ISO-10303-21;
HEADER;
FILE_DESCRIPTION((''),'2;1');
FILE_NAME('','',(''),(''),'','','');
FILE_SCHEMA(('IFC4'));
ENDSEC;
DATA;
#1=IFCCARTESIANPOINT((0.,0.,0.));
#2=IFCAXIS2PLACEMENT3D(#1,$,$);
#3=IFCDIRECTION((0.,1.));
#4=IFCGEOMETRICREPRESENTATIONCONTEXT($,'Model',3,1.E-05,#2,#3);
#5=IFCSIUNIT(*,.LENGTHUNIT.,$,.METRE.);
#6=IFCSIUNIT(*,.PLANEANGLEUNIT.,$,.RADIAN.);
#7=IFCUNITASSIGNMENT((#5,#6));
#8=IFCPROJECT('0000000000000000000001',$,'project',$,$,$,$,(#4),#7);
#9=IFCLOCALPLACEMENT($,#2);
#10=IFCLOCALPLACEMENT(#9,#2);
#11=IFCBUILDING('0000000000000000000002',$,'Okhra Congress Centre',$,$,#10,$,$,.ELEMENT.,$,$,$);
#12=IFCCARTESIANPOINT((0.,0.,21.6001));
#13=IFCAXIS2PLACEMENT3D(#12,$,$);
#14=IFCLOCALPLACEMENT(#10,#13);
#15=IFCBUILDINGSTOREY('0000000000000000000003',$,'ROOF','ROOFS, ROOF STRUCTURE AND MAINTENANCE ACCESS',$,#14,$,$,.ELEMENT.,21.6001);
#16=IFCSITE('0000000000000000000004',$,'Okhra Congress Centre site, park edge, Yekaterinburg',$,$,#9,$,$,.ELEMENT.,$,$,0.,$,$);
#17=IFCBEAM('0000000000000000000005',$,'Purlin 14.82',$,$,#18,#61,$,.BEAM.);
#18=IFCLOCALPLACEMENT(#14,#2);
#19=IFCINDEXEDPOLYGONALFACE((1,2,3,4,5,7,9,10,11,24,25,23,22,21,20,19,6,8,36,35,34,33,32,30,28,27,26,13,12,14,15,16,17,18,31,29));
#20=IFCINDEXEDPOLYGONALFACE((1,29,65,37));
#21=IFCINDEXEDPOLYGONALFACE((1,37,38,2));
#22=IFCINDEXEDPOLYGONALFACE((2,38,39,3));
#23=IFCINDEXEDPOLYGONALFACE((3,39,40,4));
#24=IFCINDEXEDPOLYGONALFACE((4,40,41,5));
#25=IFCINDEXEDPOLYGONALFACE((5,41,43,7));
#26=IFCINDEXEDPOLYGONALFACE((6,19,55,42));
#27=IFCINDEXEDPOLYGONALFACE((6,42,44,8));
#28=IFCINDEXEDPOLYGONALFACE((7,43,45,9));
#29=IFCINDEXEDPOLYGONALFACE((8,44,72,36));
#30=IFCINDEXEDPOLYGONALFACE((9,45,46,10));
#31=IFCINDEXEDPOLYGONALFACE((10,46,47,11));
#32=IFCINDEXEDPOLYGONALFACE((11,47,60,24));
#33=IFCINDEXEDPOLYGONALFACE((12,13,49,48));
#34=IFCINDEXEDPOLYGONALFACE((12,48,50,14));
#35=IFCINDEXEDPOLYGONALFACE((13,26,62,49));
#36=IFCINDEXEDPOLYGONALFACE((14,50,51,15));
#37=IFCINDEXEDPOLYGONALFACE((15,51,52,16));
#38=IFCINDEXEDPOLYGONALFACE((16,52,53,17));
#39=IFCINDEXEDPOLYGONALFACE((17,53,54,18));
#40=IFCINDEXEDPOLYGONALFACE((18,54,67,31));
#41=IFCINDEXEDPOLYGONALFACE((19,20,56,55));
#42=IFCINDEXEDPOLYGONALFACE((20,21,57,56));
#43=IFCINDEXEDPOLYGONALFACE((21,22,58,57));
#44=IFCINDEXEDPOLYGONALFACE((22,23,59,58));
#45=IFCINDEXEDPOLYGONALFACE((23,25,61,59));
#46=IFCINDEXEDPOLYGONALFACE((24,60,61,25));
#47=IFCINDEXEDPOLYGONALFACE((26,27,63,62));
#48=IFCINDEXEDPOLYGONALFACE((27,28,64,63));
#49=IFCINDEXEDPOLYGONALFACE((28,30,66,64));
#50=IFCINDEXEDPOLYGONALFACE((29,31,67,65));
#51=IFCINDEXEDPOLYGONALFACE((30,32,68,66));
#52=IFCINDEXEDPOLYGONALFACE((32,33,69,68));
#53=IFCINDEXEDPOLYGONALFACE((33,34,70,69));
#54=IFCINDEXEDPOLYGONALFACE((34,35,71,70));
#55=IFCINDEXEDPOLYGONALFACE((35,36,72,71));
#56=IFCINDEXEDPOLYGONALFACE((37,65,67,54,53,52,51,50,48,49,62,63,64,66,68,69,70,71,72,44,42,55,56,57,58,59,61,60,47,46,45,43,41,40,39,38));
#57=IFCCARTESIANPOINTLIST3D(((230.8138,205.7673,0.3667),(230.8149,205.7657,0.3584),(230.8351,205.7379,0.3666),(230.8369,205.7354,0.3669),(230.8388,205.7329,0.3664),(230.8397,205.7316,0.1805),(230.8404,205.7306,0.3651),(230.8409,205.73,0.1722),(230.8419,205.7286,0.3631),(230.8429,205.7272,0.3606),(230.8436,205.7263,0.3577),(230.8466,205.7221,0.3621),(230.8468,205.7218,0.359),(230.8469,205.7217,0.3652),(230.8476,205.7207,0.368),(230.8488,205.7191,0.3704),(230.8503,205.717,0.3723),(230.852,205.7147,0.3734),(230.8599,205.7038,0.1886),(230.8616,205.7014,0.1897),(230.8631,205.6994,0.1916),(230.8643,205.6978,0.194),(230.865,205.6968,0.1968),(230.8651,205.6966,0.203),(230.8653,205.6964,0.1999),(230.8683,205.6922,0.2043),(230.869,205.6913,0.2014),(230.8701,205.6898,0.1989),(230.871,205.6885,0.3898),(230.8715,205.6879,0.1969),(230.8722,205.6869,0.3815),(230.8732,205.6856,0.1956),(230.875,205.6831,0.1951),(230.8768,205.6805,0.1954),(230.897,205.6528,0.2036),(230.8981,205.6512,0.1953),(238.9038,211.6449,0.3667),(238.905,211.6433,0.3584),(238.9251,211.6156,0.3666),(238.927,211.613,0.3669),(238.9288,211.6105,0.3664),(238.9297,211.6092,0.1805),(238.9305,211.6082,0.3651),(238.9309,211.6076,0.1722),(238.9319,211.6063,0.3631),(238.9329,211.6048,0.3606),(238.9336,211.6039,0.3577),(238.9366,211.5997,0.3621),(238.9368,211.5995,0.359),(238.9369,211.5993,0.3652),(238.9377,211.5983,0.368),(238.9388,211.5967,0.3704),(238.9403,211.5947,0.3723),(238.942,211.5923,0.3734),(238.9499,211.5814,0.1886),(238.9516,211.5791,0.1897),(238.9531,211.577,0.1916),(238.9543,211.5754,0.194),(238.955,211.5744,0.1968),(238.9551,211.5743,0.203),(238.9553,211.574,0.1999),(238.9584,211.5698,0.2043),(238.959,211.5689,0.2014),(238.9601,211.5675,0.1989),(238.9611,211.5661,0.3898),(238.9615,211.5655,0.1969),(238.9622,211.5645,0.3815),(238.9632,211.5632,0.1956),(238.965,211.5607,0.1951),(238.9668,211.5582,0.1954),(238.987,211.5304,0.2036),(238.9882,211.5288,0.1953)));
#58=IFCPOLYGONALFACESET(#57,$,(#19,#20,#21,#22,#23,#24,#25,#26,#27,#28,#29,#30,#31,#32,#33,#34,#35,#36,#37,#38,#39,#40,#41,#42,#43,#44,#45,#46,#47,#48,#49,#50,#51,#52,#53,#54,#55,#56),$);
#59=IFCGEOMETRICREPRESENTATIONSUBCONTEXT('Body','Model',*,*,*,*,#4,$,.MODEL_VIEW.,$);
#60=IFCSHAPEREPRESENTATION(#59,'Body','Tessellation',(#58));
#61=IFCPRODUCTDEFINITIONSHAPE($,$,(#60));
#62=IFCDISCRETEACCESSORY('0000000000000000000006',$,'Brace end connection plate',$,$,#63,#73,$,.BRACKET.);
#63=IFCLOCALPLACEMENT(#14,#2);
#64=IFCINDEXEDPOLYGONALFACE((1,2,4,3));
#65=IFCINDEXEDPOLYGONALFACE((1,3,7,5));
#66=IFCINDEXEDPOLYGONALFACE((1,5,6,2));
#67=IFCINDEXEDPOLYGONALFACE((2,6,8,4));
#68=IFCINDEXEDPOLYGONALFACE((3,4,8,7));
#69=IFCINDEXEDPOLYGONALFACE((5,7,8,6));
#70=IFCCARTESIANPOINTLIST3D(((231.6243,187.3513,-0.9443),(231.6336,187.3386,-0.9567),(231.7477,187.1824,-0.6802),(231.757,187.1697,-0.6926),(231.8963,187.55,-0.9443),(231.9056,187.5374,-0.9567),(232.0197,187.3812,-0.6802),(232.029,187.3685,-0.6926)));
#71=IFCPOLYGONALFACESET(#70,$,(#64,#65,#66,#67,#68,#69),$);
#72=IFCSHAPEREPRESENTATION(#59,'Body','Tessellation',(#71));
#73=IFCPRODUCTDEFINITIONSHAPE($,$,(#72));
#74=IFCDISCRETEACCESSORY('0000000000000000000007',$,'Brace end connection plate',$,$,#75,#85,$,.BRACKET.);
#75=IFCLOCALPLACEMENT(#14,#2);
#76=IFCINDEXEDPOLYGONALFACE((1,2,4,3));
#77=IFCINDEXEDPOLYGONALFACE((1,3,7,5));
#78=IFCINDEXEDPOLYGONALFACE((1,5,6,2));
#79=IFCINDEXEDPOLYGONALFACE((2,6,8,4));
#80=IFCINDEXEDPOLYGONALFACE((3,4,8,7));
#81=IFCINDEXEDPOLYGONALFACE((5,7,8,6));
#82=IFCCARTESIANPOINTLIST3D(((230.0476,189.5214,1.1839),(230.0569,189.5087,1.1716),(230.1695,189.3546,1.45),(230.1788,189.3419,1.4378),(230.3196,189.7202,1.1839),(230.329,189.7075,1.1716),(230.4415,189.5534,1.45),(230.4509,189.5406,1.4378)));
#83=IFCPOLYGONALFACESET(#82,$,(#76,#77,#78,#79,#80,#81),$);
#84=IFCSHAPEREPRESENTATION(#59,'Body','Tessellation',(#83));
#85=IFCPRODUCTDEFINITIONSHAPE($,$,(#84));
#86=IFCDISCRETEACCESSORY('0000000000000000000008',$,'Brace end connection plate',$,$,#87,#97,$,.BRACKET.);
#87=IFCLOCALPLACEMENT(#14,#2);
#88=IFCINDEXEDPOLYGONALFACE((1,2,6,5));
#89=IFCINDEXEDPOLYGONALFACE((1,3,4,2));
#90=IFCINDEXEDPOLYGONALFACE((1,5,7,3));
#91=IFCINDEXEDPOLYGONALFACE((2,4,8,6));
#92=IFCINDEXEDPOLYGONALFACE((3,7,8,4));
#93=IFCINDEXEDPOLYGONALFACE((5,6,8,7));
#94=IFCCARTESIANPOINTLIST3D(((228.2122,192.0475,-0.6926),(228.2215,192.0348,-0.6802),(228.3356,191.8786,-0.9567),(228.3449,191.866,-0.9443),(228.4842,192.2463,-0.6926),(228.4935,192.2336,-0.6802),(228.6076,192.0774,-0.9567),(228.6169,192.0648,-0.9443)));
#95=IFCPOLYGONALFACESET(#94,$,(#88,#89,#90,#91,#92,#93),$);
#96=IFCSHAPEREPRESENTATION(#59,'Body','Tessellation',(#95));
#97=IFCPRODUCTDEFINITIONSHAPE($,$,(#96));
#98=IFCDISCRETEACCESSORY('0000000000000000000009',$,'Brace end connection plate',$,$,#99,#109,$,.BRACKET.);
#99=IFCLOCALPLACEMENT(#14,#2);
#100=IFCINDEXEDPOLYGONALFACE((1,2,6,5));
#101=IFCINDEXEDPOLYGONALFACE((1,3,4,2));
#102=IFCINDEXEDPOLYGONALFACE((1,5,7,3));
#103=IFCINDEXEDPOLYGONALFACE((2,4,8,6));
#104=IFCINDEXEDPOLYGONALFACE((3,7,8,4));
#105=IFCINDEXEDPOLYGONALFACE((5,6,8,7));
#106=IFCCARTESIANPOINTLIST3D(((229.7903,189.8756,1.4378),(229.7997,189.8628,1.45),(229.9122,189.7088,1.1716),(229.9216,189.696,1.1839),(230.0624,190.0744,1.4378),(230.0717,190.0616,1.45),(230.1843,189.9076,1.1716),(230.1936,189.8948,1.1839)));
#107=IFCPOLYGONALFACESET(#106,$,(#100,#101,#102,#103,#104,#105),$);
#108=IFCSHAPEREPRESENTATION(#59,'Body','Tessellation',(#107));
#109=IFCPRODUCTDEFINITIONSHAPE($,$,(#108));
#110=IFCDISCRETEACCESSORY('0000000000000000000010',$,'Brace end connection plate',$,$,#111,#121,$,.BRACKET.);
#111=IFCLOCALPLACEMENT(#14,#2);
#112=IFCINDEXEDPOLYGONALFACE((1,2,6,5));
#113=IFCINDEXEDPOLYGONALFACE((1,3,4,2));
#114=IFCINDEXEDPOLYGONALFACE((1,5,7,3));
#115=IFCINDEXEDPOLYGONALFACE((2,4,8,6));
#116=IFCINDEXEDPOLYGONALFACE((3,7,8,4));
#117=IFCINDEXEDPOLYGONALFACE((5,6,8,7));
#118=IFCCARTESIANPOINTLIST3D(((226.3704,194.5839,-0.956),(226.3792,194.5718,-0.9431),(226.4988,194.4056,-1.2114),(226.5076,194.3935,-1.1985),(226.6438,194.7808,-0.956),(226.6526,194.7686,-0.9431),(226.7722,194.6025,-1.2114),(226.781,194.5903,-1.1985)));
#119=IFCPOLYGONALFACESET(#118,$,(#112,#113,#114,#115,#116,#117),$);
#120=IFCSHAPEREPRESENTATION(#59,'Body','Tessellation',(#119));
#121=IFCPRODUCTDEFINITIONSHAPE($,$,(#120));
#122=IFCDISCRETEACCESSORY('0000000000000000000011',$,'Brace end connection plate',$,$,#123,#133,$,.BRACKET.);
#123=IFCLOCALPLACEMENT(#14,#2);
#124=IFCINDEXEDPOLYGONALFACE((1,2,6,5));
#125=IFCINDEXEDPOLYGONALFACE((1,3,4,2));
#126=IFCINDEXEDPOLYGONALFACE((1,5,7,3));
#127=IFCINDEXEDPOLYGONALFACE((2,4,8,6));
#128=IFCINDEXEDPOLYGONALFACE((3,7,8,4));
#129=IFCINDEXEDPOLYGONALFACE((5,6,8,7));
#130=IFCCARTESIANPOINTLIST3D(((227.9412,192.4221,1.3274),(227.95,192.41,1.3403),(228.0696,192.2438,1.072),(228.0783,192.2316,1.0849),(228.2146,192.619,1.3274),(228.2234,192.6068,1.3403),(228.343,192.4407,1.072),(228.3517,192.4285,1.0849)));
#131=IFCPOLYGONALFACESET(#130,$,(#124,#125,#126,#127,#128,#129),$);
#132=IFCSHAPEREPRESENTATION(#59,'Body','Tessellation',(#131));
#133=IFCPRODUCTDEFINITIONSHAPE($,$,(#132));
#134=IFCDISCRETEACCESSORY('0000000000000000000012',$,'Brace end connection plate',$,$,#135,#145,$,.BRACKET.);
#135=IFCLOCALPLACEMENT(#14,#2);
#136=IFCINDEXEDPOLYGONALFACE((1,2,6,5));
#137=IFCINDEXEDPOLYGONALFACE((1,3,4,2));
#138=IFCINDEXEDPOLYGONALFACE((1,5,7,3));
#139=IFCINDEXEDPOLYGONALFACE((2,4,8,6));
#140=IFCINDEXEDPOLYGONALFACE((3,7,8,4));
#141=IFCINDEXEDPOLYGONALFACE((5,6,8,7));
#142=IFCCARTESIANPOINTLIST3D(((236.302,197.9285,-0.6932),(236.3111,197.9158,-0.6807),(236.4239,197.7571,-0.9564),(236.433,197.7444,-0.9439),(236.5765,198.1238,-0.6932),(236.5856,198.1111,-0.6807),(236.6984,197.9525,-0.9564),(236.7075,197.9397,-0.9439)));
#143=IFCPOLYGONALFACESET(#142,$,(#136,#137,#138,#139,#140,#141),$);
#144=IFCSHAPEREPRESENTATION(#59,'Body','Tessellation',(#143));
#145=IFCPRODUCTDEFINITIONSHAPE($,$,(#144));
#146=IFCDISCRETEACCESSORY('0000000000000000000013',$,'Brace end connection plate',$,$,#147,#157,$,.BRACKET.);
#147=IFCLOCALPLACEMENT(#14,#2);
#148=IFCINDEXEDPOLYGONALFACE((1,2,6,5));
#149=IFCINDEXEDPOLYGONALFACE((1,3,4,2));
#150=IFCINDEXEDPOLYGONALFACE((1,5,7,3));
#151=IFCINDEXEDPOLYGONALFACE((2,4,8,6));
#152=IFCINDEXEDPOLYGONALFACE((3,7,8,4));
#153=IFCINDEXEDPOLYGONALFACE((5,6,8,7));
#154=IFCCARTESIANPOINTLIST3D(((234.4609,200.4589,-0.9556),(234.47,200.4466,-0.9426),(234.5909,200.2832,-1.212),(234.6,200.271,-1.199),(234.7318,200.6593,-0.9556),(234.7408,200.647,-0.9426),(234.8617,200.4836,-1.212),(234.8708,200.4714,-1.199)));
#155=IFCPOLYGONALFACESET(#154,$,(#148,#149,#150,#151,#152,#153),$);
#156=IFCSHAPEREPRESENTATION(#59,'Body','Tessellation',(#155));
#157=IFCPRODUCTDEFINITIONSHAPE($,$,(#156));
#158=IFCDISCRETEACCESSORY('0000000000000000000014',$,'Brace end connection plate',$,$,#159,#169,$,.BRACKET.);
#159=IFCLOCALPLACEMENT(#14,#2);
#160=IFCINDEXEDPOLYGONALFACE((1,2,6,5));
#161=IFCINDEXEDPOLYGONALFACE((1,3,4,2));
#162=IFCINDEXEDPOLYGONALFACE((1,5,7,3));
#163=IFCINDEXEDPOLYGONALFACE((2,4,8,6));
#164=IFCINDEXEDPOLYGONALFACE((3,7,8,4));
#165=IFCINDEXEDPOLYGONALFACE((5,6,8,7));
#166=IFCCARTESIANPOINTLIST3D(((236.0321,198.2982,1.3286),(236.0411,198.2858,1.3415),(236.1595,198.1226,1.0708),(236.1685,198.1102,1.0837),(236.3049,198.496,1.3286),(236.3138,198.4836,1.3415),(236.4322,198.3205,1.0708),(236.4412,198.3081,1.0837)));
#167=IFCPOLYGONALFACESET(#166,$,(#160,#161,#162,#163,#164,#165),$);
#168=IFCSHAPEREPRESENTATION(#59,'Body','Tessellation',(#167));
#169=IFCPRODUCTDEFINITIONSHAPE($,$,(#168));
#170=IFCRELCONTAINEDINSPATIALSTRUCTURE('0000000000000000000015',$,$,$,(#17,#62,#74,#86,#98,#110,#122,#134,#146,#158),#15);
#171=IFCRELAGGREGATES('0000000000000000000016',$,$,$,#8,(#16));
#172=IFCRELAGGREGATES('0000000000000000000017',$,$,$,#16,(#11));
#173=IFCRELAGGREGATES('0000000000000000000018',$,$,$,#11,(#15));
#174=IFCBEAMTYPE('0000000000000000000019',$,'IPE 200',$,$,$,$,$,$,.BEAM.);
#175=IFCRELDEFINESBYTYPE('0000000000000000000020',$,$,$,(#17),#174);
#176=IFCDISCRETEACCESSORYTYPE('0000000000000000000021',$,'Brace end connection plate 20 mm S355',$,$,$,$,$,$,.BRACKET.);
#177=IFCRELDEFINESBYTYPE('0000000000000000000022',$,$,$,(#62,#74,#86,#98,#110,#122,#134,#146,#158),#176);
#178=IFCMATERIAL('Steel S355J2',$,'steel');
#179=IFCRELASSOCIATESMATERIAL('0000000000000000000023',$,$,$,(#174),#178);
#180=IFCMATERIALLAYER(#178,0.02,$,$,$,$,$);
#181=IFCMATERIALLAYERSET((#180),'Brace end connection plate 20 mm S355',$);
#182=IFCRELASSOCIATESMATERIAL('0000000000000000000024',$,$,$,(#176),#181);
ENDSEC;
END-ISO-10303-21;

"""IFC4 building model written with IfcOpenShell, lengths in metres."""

from ifc_helpers import new_model, si_unit, direction, frame, origin, origin_2d, place, context, subcontext, project, spatial, rectangle, i_section, extrude, material, layer, layer_set, material_profile, profile_set, type_object, element, save


model = new_model("IFC4")

# Units and contexts
model_context = context("Model", 3, precision=1e-05, world=origin(), true_north=direction((0.0, 1.0)))
body_context = subcontext(model_context, "Body", "Model", "MODEL_VIEW")
ifc_project = project(units=[si_unit("LENGTHUNIT", "METRE"), si_unit("PLANEANGLEUNIT", "RADIAN")], contexts=[model_context])

# Site, building, storey
site_placement = place(None, origin())
site = spatial("IfcSite", under=ifc_project, at=site_placement, Name="Okhra Congress Centre site, park edge, Yekaterinburg", CompositionType="ELEMENT", RefElevation=0.0)
building_placement = place(site_placement, origin())
building = spatial("IfcBuilding", under=site, at=building_placement, Name="Okhra Congress Centre", CompositionType="ELEMENT")
storey_placement = place(building_placement, frame((0.0, 0.0, 21.6001)))
storey = spatial("IfcBuildingStorey", under=building, at=storey_placement, Name="ROOF", Description="ROOFS, ROOF STRUCTURE AND MAINTENANCE ACCESS", CompositionType="ELEMENT", Elevation=21.6001)

# Beam
ifc_material_1 = material(Name="Steel S355J2", Category="steel")
ifc_material_profile_1 = material_profile(ifc_material_1, i_section(OverallWidth=0.1001, OverallDepth=0.2, WebThickness=0.0056, FlangeThickness=0.0085, FilletRadius=0.012, at=origin_2d()), Name="IPE 200")
ifc_profile_set_1 = profile_set([ifc_material_profile_1], Name="Steel S355J2")
beam_type = type_object("IfcBeamType", Name="IPE 200", PredefinedType="BEAM", material=ifc_profile_set_1)
beam_1_placement = place(storey_placement, frame((230.856, 205.7092, 0.281), z_axis=(0.809022, 0.587778, 0.0), x_axis=(-0.571935, 0.787215, -0.230616)))
element("IfcBeam", 1, at=beam_1_placement, inside=storey, type_object=beam_type, Name="Purlin 14.82", PredefinedType="BEAM", context=body_context, shape_type="SweptSolid", body=[
    extrude(i_section(OverallWidth=0.1001, OverallDepth=0.2, WebThickness=0.0056, FlangeThickness=0.0085, FilletRadius=0.012, at=origin_2d()), origin(), (0.0, 0.0, 1.0), 9.9998),
])

# Discrete accessories
ifc_layer = layer(ifc_material_1, 0.02)
ifc_layer_set = layer_set([ifc_layer], Name="Brace end connection plate 20 mm S355")
discrete_accessory_type = type_object("IfcDiscreteAccessoryType", Name="Brace end connection plate 20 mm S355", PredefinedType="BRACKET", material=ifc_layer_set)
for number, where, z_axis, x_axis, name in (
    (2, (231.822, 187.3662, -0.8123), (0.462556, -0.632971, -0.620798), (0.807391, 0.590017, 0.0), "Brace end connection plate"),
    (3, (230.2539, 189.5247, 1.3047), (-0.466056, 0.637761, 0.613232), (-0.807391, -0.590017, 0.0), "Brace end connection plate"),
    (4, (228.4192, 192.0498, -0.8123), (-0.462556, 0.632971, -0.620798), (-0.807391, -0.590017, 0.0), "Brace end connection plate"),
    (5, (229.9873, 189.8916, 1.3047), (0.466056, -0.637761, 0.613232), (0.807391, 0.590017, 0.0), "Brace end connection plate"),
):
    element("IfcDiscreteAccessory", number, at=place(storey_placement, frame(where, z_axis=z_axis, x_axis=x_axis)), inside=storey, type_object=discrete_accessory_type, Name=name, PredefinedType="BRACKET", context=body_context, shape_type="SweptSolid", body=[
        extrude(rectangle(XDim=0.3369, YDim=0.3369, at=origin_2d()), origin(), (0.0, 0.0, 1.0), 0.02),
    ])
for number, where, z_axis, x_axis, name in (
    (6, (226.5801, 194.5811, -1.0708), (-0.442962, 0.615224, -0.652138), (-0.811534, -0.584305, 0.0), "Brace end connection plate"),
    (7, (228.1421, 192.4314, 1.1997), (0.442962, -0.615224, 0.652138), (0.811534, 0.584305, 0.0), "Brace end connection plate"),
):
    element("IfcDiscreteAccessory", number, at=place(storey_placement, frame(where, z_axis=z_axis, x_axis=x_axis)), inside=storey, type_object=discrete_accessory_type, Name=name, PredefinedType="BRACKET", context=body_context, shape_type="SweptSolid", body=[
        extrude(rectangle(XDim=0.3369, YDim=0.3369, at=origin_2d()), origin(), (0.0, 0.0, 1.0), 0.0198),
    ])
for number, where, z_axis, x_axis, name in (
    (8, (236.5093, 197.9277, -0.8123), (-0.452907, 0.636517, -0.624277), (-0.814791, -0.579755, 0.0), "Brace end connection plate"),
    (9, (234.6704, 200.459, -1.0708), (-0.452771, 0.611853, -0.648564), (-0.803842, -0.594843, 0.0), "Brace end connection plate"),
    (10, (236.2322, 198.3093, 1.1997), (0.449385, -0.619423, 0.643714), (0.809422, 0.587228, 0.0), "Brace end connection plate"),
):
    element("IfcDiscreteAccessory", number, at=place(storey_placement, frame(where, z_axis=z_axis, x_axis=x_axis)), inside=storey, type_object=discrete_accessory_type, Name=name, PredefinedType="BRACKET", context=body_context, shape_type="SweptSolid", body=[
        extrude(rectangle(XDim=0.3369, YDim=0.3369, at=origin_2d()), origin(), (0.0, 0.0, 1.0), 0.02),
    ])

save(model, "model.ifc")
